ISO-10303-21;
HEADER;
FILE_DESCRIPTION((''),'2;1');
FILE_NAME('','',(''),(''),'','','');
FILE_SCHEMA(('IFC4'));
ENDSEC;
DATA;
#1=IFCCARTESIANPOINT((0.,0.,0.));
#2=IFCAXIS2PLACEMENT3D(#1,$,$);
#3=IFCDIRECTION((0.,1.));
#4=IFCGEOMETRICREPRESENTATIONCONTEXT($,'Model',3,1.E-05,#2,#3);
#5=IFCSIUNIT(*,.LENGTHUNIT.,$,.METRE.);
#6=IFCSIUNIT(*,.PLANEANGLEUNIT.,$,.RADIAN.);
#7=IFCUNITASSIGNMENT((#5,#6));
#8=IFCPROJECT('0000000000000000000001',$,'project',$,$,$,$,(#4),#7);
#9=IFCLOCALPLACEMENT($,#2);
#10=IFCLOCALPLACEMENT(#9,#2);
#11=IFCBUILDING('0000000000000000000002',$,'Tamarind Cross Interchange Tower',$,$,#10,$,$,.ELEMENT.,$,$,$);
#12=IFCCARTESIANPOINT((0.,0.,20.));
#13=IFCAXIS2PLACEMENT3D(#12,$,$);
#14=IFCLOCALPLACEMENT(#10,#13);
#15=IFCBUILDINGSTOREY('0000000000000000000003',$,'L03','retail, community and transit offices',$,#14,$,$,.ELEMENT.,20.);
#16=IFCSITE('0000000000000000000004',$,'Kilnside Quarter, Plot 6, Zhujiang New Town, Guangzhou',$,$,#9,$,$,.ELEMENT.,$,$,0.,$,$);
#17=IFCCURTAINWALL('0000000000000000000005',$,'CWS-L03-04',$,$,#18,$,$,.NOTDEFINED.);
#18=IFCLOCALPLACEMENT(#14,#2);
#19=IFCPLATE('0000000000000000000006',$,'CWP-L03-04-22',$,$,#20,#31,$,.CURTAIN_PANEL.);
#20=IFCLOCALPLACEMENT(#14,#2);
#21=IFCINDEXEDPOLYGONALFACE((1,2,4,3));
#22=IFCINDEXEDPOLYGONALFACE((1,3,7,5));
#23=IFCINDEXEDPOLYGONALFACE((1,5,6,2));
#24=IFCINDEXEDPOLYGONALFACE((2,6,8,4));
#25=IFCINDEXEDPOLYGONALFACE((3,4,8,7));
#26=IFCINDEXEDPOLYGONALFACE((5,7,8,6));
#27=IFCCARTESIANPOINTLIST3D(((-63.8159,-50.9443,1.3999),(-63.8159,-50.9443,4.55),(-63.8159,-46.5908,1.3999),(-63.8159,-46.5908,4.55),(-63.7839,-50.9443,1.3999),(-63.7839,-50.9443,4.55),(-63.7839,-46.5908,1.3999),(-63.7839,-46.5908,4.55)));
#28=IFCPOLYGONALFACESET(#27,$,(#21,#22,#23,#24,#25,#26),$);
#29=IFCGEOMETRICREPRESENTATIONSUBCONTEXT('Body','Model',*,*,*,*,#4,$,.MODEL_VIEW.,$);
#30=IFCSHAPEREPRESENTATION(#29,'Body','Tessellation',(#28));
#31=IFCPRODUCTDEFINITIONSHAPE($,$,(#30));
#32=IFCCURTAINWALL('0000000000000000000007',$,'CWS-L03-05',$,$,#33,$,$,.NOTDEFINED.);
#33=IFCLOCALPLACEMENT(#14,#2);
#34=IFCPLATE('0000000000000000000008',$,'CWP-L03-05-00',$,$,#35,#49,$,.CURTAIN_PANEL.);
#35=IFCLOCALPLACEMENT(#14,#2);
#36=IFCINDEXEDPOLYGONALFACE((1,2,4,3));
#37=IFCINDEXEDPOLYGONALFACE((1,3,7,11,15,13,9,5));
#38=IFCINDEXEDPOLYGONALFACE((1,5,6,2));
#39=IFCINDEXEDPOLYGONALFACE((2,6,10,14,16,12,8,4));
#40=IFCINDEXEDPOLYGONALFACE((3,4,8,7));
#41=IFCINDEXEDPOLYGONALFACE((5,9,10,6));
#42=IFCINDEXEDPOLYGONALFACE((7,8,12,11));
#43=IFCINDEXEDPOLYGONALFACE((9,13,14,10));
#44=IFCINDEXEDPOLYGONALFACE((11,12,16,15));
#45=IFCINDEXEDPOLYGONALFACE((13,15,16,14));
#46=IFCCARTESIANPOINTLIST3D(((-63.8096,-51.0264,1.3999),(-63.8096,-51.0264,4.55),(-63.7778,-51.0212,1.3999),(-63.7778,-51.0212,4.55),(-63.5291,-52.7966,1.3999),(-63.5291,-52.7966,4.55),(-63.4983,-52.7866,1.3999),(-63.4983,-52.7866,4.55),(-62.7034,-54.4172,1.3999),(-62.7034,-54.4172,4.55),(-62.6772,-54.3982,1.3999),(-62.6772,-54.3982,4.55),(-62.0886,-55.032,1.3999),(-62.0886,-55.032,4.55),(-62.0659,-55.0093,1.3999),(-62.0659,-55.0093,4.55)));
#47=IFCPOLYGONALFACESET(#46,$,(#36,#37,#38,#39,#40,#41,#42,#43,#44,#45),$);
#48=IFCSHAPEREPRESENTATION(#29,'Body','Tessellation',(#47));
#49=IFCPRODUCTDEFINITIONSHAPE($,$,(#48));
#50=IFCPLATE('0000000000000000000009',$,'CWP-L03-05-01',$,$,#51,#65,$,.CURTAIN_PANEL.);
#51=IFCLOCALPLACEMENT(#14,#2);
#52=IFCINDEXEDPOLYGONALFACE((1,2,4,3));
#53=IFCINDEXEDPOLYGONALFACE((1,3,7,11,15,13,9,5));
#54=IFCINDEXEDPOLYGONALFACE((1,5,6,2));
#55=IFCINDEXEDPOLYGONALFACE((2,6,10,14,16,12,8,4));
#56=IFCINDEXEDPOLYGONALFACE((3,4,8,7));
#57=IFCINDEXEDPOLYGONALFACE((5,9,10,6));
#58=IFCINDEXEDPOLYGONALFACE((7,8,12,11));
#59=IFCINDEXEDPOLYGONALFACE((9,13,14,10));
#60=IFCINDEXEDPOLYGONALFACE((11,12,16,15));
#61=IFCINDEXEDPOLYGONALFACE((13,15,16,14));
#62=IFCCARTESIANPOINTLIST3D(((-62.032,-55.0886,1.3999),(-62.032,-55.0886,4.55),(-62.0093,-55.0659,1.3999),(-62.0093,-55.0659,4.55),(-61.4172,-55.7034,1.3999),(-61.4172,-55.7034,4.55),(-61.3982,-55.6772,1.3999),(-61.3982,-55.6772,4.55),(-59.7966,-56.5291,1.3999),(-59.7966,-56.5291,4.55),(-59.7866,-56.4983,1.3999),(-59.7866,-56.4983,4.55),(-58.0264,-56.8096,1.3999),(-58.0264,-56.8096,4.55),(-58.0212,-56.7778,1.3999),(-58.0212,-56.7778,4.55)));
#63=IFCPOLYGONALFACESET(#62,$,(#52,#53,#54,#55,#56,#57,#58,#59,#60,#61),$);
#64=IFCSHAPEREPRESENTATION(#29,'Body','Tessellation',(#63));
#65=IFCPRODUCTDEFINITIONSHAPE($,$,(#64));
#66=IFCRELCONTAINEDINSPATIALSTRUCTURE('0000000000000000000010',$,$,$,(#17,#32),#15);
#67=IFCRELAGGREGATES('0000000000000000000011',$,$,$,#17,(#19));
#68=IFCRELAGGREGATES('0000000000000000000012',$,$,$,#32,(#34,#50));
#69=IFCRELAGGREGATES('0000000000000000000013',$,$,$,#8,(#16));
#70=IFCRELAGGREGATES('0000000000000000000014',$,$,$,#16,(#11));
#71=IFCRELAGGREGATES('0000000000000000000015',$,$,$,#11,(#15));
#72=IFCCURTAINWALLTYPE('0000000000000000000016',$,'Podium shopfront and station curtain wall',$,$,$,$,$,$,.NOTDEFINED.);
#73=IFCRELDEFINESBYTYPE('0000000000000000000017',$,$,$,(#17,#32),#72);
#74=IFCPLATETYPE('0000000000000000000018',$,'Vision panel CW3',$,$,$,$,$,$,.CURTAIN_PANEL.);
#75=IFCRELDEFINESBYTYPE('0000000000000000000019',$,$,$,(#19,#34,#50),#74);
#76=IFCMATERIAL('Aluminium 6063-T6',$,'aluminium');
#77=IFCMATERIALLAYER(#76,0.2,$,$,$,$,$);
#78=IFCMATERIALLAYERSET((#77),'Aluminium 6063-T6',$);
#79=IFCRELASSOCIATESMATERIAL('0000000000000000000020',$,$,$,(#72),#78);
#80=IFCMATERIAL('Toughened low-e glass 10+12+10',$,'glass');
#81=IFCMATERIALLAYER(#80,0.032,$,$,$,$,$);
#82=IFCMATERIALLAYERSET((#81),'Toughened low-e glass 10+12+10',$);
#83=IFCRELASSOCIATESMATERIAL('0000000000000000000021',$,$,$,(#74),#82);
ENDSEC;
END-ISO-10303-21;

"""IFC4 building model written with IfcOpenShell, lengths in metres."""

from ifc_helpers import new_model, si_unit, direction, frame, origin, place, context, subcontext, project, spatial, polyline, outline, extrude, material, layer, layer_set, type_object, element, aggregate, save


model = new_model("IFC4")

# Units and contexts
model_context = context("Model", 3, precision=1e-05, world=origin(), true_north=direction((0.0, 1.0)))
body_context = subcontext(model_context, "Body", "Model", "MODEL_VIEW")
ifc_project = project(units=[si_unit("LENGTHUNIT", "METRE"), si_unit("PLANEANGLEUNIT", "RADIAN")], contexts=[model_context])

# Site, building, storey
site_placement = place(None, origin())
site = spatial("IfcSite", under=ifc_project, at=site_placement, Name="Kilnside Quarter, Plot 6, Zhujiang New Town, Guangzhou", CompositionType="ELEMENT", RefElevation=0.0)
building_placement = place(site_placement, origin())
building = spatial("IfcBuilding", under=site, at=building_placement, Name="Tamarind Cross Interchange Tower", CompositionType="ELEMENT")
storey_placement = place(building_placement, frame((0.0, 0.0, 20.0)))
storey = spatial("IfcBuildingStorey", under=building, at=storey_placement, Name="L03", Description="retail, community and transit offices", CompositionType="ELEMENT", Elevation=20.0)

# Curtain wall, plate
ifc_material_1 = material(Name="Aluminium 6063-T6", Category="aluminium")
ifc_layer_1 = layer(ifc_material_1, 0.2)
ifc_layer_set_1 = layer_set([ifc_layer_1], Name="Aluminium 6063-T6")
curtain_wall_type = type_object("IfcCurtainWallType", Name="Podium shopfront and station curtain wall", PredefinedType="NOTDEFINED", material=ifc_layer_set_1)
curtain_wall_1_placement = place(storey_placement, origin())
curtain_wall_1 = element("IfcCurtainWall", 1, at=curtain_wall_1_placement, inside=storey, type_object=curtain_wall_type, Name="CWS-L03-04", PredefinedType="NOTDEFINED")
ifc_material_2 = material(Name="Toughened low-e glass 10+12+10", Category="glass")
ifc_layer_2 = layer(ifc_material_2, 0.032)
ifc_layer_set_2 = layer_set([ifc_layer_2], Name="Toughened low-e glass 10+12+10")
plate_type = type_object("IfcPlateType", Name="Vision panel CW3", PredefinedType="CURTAIN_PANEL", material=ifc_layer_set_2)
plate_1_placement = place(storey_placement, frame((0.0, 0.0, 1.3999)))
plate_1 = element("IfcPlate", 2, at=plate_1_placement, type_object=plate_type, Name="CWP-L03-04-22", PredefinedType="CURTAIN_PANEL", context=body_context, shape_type="SweptSolid", body=[
    extrude(outline(polyline([(-63.7839, -46.5908), (-63.7839, -50.9443), (-63.8159, -50.9443), (-63.8159, -46.5908), (-63.7839, -46.5908)])), origin(), (0.0, 0.0, 1.0), 3.1501),
])
aggregate(curtain_wall_1, [plate_1])

# Curtain wall, plates
curtain_wall_2_placement = place(storey_placement, origin())
curtain_wall_2 = element("IfcCurtainWall", 3, at=curtain_wall_2_placement, inside=storey, type_object=curtain_wall_type, Name="CWS-L03-05", PredefinedType="NOTDEFINED")
plate_2_placement = place(storey_placement, frame((0.0, 0.0, 1.3999)))
plate_2 = element("IfcPlate", 4, at=plate_2_placement, type_object=plate_type, Name="CWP-L03-05-00", PredefinedType="CURTAIN_PANEL", context=body_context, shape_type="SweptSolid", body=[
    extrude(outline(polyline([(-63.7778, -51.0212), (-63.4983, -52.7866), (-62.6772, -54.3982), (-62.0659, -55.0093), (-62.0886, -55.032), (-62.7034, -54.4172), (-63.5291, -52.7966), (-63.8096, -51.0264), (-63.7778, -51.0212)])), origin(), (0.0, 0.0, 1.0), 3.1501),
])
plate_3_placement = place(storey_placement, frame((0.0, 0.0, 1.3999)))
plate_3 = element("IfcPlate", 5, at=plate_3_placement, type_object=plate_type, Name="CWP-L03-05-01", PredefinedType="CURTAIN_PANEL", context=body_context, shape_type="SweptSolid", body=[
    extrude(outline(polyline([(-62.0093, -55.0659), (-61.3982, -55.6772), (-59.7866, -56.4983), (-58.0212, -56.7778), (-58.0264, -56.8096), (-59.7966, -56.5291), (-61.4172, -55.7034), (-62.032, -55.0886), (-62.0093, -55.0659)])), origin(), (0.0, 0.0, 1.0), 3.1501),
])
aggregate(curtain_wall_2, [plate_2, plate_3])

save(model, "model.ifc")
